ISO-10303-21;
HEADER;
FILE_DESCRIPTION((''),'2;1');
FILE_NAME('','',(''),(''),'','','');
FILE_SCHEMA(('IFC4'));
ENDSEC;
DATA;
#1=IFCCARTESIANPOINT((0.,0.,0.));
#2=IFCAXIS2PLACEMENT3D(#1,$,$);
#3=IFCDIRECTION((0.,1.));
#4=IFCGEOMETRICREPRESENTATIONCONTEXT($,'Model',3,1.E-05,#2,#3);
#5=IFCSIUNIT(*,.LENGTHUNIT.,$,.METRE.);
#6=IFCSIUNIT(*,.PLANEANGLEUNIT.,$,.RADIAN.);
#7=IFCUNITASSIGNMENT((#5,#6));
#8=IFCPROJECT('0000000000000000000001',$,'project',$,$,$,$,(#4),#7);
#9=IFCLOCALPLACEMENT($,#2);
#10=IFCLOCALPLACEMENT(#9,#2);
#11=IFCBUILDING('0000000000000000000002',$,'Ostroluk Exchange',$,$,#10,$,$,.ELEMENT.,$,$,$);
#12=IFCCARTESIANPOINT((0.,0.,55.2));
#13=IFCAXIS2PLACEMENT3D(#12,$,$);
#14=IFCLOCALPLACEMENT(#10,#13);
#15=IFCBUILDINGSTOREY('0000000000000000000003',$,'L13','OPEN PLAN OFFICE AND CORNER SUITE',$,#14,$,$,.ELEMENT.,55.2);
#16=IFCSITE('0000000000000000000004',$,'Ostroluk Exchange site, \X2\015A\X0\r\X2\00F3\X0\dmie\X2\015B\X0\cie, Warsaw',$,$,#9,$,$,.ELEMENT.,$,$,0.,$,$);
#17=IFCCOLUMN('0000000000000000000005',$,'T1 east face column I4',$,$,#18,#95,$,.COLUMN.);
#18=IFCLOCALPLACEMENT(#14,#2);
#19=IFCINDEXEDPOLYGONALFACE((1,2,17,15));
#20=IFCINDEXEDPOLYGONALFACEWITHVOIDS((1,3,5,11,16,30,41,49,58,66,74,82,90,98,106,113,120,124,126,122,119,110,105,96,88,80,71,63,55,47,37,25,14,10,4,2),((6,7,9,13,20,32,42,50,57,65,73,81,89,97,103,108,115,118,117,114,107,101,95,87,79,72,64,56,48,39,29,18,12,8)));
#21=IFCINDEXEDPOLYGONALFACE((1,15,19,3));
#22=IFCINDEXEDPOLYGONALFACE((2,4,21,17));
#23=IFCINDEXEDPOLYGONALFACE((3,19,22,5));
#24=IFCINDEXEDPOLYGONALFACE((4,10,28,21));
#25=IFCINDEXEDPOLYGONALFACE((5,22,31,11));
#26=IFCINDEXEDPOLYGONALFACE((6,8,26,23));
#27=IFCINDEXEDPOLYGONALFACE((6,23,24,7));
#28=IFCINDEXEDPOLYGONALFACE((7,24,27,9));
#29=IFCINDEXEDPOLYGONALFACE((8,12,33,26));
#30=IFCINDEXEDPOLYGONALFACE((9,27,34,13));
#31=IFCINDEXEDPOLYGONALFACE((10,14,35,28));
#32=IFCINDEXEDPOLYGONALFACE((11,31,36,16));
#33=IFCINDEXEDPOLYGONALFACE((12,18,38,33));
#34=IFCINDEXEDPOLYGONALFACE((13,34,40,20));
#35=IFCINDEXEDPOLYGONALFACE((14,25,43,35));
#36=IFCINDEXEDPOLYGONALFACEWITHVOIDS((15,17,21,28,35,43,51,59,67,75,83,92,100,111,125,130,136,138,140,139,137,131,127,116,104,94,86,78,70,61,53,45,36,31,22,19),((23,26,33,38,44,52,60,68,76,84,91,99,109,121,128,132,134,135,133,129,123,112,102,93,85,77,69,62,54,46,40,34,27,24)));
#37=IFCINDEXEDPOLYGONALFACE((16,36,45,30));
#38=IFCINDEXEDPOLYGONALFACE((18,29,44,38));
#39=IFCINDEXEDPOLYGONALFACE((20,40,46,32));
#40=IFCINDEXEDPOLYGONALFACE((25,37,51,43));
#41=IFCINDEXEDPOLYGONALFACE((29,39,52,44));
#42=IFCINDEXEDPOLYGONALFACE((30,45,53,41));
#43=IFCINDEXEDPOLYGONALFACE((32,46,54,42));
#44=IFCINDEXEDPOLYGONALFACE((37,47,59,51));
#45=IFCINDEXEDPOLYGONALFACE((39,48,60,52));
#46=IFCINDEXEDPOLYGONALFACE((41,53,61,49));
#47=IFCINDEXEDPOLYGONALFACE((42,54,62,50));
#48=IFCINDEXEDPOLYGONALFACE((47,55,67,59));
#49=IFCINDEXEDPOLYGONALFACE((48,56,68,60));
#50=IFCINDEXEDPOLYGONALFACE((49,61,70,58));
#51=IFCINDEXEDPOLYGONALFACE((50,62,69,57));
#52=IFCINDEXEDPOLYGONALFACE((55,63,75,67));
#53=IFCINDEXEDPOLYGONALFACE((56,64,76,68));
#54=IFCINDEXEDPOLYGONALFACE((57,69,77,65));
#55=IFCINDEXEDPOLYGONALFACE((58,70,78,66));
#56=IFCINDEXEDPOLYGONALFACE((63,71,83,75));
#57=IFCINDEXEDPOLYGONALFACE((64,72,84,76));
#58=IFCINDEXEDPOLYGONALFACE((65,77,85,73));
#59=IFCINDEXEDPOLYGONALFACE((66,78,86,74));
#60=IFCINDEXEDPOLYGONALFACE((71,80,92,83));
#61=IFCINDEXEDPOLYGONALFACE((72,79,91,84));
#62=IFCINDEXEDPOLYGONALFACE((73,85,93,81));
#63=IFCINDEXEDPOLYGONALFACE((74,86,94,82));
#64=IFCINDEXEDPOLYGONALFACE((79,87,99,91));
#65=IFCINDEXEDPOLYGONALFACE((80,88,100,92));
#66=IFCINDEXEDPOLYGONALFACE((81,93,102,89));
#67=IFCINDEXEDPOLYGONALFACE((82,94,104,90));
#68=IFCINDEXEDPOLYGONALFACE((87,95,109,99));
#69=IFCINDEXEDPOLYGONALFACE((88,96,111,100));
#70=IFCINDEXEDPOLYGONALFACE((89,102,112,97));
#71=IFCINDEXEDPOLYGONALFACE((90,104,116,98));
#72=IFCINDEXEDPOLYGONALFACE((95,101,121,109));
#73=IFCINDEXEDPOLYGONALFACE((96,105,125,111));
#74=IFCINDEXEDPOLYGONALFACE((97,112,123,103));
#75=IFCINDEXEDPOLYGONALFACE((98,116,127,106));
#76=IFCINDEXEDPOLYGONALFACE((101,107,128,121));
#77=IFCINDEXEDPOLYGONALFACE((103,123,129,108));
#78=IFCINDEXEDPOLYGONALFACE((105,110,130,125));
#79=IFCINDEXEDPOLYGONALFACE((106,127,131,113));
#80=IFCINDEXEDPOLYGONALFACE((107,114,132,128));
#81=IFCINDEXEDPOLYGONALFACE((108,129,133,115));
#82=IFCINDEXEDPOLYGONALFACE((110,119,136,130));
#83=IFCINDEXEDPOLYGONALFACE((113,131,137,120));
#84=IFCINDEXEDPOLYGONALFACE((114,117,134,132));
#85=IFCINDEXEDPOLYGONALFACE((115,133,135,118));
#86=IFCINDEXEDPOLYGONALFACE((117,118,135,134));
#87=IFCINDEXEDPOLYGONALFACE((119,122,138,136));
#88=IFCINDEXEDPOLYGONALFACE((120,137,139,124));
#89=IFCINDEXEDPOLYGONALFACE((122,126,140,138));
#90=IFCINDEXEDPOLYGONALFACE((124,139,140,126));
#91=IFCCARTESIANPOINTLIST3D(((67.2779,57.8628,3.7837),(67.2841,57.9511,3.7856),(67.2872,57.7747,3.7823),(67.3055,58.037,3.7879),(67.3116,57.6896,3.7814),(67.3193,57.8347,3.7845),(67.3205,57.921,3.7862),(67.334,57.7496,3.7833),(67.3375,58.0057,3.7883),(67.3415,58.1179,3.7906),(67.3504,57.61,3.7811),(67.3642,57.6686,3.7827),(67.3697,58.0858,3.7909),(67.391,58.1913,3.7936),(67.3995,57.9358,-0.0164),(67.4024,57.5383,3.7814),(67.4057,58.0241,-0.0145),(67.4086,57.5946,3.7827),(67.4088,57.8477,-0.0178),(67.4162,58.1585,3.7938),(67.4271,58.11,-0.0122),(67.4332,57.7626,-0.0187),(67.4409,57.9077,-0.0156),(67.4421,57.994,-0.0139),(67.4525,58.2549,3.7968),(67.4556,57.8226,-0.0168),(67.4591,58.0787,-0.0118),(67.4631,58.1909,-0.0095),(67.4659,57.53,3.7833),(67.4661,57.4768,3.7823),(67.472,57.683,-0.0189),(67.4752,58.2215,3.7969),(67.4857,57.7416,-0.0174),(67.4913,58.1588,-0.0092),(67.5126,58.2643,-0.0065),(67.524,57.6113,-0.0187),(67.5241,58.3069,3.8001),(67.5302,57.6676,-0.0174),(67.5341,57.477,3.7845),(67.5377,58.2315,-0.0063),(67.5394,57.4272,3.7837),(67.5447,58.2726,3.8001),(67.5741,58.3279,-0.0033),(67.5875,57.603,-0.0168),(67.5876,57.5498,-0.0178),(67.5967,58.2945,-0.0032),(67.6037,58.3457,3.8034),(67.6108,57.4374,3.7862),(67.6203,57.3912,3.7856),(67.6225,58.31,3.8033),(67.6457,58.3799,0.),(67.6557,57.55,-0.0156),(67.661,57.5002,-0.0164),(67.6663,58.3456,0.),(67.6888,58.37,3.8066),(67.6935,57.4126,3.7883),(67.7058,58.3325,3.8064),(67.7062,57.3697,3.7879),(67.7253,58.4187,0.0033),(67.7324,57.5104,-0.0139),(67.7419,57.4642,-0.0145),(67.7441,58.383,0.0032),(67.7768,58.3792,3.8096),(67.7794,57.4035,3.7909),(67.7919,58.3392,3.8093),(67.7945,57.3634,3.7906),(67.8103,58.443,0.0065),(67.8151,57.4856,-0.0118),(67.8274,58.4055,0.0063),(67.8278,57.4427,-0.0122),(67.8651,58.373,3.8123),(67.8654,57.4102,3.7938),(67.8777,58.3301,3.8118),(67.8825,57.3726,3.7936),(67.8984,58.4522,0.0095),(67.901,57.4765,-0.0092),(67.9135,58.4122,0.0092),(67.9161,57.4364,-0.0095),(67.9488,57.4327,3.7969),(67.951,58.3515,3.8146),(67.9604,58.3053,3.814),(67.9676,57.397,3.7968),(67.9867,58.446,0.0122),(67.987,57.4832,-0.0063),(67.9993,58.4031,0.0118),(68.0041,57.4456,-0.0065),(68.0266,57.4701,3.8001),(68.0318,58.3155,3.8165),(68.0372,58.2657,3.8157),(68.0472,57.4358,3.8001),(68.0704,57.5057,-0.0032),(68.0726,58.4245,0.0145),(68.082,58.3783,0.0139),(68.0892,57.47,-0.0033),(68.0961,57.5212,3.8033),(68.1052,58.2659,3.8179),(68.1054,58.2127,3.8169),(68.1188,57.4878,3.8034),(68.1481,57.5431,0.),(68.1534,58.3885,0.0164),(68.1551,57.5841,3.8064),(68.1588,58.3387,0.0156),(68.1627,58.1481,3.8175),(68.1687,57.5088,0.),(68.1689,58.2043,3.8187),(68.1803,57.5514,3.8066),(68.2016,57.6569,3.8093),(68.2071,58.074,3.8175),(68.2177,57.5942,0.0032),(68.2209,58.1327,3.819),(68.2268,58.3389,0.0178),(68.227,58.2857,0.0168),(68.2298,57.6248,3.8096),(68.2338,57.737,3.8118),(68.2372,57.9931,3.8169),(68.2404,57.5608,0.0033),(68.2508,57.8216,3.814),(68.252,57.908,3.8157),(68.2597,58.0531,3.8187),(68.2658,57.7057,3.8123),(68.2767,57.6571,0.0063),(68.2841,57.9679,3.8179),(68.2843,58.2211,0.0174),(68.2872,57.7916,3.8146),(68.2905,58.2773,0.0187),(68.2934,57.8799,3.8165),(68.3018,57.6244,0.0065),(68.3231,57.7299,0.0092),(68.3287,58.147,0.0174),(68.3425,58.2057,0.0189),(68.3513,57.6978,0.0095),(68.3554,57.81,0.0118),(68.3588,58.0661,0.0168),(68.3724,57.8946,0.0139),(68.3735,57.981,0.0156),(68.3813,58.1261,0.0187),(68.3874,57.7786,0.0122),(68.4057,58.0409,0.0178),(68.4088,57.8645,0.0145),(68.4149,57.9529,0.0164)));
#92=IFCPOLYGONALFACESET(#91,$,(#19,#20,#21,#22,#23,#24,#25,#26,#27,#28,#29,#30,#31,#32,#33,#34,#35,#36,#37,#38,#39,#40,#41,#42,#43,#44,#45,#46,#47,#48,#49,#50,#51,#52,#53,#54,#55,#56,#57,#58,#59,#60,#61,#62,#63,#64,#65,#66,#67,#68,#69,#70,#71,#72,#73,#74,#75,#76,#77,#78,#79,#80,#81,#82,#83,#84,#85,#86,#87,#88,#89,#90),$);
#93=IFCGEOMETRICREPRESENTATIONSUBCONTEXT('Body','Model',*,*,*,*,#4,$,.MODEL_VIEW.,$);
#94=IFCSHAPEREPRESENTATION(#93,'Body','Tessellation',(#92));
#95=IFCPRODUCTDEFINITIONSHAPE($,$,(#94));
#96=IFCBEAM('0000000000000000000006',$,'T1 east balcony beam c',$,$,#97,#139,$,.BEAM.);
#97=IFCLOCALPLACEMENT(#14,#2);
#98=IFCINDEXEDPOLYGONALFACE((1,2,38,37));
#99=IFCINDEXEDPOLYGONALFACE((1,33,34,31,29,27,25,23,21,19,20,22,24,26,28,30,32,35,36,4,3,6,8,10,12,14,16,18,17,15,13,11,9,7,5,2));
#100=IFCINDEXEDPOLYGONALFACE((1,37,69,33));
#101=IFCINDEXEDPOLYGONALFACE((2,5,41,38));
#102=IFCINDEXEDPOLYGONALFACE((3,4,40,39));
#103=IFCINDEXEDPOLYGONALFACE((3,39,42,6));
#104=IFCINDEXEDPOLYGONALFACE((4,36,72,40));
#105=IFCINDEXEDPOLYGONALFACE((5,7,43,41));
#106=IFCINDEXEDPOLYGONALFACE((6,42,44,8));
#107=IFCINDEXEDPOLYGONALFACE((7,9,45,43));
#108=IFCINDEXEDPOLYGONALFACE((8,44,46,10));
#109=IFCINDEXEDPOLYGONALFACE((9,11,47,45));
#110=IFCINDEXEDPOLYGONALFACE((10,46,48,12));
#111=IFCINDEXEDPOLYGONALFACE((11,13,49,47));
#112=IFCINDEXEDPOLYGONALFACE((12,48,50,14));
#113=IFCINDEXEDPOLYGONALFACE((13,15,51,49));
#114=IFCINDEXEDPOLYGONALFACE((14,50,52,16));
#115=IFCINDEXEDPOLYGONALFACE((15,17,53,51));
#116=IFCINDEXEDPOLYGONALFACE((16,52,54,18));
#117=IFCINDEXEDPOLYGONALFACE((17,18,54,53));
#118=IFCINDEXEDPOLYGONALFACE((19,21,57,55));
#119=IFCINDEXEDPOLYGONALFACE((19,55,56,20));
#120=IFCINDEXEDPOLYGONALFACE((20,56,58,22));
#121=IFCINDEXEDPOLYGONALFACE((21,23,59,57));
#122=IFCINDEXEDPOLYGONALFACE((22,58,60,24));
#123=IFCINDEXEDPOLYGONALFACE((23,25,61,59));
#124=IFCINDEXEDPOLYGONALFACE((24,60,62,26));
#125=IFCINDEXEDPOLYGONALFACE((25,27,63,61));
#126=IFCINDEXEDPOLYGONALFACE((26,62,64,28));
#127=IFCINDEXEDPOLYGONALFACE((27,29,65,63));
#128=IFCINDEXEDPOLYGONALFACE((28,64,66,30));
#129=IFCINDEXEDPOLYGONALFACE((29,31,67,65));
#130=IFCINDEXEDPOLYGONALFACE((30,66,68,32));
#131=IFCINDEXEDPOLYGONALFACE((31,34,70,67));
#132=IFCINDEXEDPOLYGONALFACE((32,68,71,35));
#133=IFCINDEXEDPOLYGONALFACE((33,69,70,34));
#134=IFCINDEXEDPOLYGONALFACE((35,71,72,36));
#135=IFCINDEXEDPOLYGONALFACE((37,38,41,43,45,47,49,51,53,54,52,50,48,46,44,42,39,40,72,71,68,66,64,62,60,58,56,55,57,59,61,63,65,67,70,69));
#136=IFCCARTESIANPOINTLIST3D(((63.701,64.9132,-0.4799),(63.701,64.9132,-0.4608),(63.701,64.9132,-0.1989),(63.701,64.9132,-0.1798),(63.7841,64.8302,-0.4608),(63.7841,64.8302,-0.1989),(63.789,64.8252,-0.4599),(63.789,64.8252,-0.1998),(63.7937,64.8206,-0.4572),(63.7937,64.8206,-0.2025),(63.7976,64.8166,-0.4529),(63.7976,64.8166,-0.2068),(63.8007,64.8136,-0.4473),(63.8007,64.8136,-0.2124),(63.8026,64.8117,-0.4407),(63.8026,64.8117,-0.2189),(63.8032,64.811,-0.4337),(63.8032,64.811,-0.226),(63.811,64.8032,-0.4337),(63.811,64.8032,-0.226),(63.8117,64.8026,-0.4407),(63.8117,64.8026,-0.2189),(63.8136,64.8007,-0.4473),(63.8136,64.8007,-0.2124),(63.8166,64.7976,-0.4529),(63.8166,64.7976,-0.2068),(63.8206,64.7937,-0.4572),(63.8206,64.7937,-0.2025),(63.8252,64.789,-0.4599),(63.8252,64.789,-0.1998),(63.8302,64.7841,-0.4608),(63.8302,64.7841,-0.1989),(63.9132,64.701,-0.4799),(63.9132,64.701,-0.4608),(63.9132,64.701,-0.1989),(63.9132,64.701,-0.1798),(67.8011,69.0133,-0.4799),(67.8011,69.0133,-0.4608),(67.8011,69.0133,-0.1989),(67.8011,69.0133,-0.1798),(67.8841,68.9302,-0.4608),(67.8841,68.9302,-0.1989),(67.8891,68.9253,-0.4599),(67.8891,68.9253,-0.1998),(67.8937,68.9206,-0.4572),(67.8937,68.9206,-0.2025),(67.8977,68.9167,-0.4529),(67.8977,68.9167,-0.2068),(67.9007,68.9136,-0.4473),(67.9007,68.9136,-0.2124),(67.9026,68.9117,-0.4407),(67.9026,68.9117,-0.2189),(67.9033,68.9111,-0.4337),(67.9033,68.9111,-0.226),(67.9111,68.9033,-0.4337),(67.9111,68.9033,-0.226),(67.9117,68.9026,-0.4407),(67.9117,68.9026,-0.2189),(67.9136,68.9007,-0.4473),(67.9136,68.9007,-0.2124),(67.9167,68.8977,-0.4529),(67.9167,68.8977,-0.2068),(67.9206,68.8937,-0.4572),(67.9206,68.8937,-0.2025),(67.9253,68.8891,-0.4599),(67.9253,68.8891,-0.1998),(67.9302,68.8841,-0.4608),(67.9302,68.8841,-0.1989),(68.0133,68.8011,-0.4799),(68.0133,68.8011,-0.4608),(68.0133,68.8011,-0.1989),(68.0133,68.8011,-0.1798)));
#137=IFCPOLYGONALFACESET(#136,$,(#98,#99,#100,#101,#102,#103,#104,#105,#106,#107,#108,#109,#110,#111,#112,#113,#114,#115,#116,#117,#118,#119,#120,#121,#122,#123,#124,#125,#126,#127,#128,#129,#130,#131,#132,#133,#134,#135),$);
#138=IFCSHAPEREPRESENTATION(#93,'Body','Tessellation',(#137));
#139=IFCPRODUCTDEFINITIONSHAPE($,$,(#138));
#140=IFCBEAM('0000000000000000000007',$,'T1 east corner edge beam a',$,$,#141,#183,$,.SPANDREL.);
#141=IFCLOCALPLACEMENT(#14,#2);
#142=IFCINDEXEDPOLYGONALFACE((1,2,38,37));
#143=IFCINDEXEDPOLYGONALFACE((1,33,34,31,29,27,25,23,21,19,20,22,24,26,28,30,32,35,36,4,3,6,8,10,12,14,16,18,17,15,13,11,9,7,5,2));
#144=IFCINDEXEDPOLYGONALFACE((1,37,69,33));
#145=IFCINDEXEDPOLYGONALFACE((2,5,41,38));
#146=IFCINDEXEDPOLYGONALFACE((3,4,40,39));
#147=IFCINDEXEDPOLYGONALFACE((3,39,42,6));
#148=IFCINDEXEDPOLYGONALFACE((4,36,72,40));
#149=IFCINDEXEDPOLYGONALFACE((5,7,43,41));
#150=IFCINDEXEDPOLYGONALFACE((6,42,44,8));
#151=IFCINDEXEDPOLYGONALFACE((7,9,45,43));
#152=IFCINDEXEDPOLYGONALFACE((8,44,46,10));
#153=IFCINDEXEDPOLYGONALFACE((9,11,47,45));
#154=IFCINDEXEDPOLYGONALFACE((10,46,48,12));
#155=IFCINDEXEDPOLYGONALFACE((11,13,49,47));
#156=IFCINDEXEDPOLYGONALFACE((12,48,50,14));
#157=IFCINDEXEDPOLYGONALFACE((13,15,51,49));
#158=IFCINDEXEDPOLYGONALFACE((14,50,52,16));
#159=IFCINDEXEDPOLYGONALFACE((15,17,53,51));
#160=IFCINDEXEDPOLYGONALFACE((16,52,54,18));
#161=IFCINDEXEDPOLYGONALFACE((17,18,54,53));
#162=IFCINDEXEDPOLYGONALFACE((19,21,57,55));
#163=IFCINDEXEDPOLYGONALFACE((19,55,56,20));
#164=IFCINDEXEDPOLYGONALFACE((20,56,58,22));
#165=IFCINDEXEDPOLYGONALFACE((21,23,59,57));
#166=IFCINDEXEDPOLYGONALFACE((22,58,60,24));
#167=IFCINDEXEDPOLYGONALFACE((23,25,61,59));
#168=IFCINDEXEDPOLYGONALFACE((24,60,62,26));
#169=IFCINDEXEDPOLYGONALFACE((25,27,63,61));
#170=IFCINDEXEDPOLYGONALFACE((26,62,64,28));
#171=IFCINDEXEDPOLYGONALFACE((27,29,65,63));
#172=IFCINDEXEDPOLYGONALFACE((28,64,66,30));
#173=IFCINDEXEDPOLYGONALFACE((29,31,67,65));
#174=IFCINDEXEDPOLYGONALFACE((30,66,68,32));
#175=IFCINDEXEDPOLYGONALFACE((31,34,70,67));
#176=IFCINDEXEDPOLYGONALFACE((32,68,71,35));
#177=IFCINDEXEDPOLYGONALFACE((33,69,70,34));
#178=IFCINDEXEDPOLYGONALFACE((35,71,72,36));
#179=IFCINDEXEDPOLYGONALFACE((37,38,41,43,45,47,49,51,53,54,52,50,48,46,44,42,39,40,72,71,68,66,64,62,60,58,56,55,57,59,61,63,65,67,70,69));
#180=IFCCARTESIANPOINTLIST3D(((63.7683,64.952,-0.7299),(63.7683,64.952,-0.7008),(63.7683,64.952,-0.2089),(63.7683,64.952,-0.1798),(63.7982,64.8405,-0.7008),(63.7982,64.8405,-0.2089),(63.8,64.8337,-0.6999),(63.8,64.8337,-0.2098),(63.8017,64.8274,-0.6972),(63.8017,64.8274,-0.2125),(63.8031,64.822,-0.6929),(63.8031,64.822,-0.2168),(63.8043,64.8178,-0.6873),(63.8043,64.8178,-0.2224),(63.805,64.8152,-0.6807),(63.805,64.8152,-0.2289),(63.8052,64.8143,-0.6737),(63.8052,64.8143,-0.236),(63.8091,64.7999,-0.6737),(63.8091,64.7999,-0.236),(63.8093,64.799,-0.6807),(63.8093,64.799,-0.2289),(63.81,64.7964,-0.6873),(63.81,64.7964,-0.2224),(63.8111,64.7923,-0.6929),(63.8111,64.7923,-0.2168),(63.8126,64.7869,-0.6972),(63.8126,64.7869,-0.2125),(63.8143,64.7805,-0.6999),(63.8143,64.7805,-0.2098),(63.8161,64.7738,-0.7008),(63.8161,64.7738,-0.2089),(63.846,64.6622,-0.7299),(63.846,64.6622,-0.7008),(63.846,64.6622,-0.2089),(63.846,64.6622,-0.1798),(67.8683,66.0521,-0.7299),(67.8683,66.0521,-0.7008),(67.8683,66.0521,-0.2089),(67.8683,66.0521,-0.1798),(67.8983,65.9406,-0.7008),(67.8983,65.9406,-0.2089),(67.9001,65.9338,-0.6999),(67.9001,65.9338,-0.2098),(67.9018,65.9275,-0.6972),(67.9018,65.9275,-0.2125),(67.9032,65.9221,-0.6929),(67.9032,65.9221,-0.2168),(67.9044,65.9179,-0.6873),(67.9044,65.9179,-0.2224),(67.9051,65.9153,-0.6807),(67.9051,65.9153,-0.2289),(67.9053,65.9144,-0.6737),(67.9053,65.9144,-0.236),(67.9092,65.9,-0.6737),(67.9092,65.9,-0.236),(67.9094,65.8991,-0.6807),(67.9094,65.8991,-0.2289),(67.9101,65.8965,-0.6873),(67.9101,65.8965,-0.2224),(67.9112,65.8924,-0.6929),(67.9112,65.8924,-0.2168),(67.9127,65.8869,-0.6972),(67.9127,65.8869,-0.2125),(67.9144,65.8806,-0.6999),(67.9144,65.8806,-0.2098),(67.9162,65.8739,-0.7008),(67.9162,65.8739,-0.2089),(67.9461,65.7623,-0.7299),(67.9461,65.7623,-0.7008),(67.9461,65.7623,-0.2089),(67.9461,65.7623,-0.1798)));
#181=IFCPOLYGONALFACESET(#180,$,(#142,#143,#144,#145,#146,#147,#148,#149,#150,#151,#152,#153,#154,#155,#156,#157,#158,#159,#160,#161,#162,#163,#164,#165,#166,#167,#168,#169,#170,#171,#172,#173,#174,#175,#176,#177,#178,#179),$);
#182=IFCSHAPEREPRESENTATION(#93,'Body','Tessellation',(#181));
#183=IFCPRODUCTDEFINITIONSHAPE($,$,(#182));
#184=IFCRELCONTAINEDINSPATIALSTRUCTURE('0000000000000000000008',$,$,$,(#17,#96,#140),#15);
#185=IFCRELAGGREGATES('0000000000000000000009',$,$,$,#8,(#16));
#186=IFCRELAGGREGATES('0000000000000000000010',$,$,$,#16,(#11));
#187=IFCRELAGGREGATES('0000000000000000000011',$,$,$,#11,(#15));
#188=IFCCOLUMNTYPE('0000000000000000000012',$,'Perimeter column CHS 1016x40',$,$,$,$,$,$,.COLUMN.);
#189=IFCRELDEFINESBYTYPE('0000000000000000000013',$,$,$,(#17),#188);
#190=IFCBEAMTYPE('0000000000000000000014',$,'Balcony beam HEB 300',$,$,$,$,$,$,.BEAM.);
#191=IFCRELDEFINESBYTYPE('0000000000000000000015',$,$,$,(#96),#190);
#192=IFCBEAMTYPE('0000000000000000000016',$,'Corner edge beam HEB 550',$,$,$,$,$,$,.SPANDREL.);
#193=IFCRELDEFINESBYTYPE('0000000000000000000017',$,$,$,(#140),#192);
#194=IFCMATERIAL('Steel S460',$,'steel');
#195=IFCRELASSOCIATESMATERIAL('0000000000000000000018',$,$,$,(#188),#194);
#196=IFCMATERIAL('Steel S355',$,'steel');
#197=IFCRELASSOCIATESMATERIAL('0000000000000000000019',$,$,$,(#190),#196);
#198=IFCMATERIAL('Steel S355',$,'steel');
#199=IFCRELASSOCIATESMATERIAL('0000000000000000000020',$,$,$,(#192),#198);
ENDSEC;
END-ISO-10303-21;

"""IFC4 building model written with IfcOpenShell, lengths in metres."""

from ifc_helpers import new_model, si_unit, direction, frame, origin, origin_2d, place, context, subcontext, project, spatial, hollow_circle, i_section, extrude, material, material_profile, profile_set, type_object, element, save


model = new_model("IFC4")

# Units and contexts
model_context = context("Model", 3, precision=1e-05, world=origin(), true_north=direction((0.0, 1.0)))
body_context = subcontext(model_context, "Body", "Model", "MODEL_VIEW")
ifc_project = project(units=[si_unit("LENGTHUNIT", "METRE"), si_unit("PLANEANGLEUNIT", "RADIAN")], contexts=[model_context])

# Site, building, storey
site_placement = place(None, origin())
site = spatial("IfcSite", under=ifc_project, at=site_placement, Name="Ostroluk Exchange site, Śródmieście, Warsaw", CompositionType="ELEMENT", RefElevation=0.0)
building_placement = place(site_placement, origin())
building = spatial("IfcBuilding", under=site, at=building_placement, Name="Ostroluk Exchange", CompositionType="ELEMENT")
storey_placement = place(building_placement, frame((0.0, 0.0, 55.2)))
storey = spatial("IfcBuildingStorey", under=building, at=storey_placement, Name="L13", Description="OPEN PLAN OFFICE AND CORNER SUITE", CompositionType="ELEMENT", Elevation=55.2)

# Column
ifc_material_1 = material(Name="Steel S460", Category="steel")
ifc_material_profile_1 = material_profile(ifc_material_1, hollow_circle(Radius=0.5081, WallThickness=0.04, at=origin_2d()), Name="CHS 1016x40")
ifc_profile_set_1 = profile_set([ifc_material_profile_1], Name="Steel S460")
column_type_1 = type_object("IfcColumnType", Name="Perimeter column CHS 1016x40", PredefinedType="COLUMN", material=ifc_profile_set_1)
column_1_placement = place(storey_placement, frame((67.9072, 57.9443, 0.0), z_axis=(-0.031973, -0.019196, 0.999304), x_axis=(0.514749, -0.857341, 0.0)))
element("IfcColumn", 1, at=column_1_placement, inside=storey, type_object=column_type_1, Name="T1 east face column I4", PredefinedType="COLUMN", context=body_context, shape_type="SweptSolid", body=[
    extrude(hollow_circle(Radius=0.5081, WallThickness=0.04, at=origin_2d()), origin(), (0.0, 0.0, 1.0), 3.8027),
])

# Beams
ifc_material_2 = material(Name="Steel S355", Category="steel")
ifc_material_profile_2 = material_profile(ifc_material_2, i_section(OverallWidth=0.3, OverallDepth=0.3, WebThickness=0.011, FlangeThickness=0.019, FilletRadius=0.0271, at=origin_2d()), Name="HEB 300")
ifc_profile_set_2 = profile_set([ifc_material_profile_2], Name="Steel S355")
beam_type_1 = type_object("IfcBeamType", Name="Balcony beam HEB 300", PredefinedType="BEAM", material=ifc_profile_set_2)
beam_1_placement = place(storey_placement, frame((63.8071, 64.8071, -0.3298), z_axis=(0.707107, 0.707107, 0.0), x_axis=(-0.707107, 0.707107, 0.0)))
element("IfcBeam", 2, at=beam_1_placement, inside=storey, type_object=beam_type_1, Name="T1 east balcony beam c", PredefinedType="BEAM", context=body_context, shape_type="SweptSolid", body=[
    extrude(i_section(OverallWidth=0.3, OverallDepth=0.3, WebThickness=0.011, FlangeThickness=0.019, FilletRadius=0.0271, at=origin_2d()), origin(), (0.0, 0.0, 1.0), 5.7983),
])
ifc_material_3 = material(Name="Steel S355", Category="steel")
ifc_material_profile_3 = material_profile(ifc_material_3, i_section(OverallWidth=0.3, OverallDepth=0.55, WebThickness=0.0149, FlangeThickness=0.0291, FilletRadius=0.0271, at=origin_2d()), Name="HEB 550")
ifc_profile_set_3 = profile_set([ifc_material_profile_3], Name="Steel S355")
beam_type_2 = type_object("IfcBeamType", Name="Corner edge beam HEB 550", PredefinedType="SPANDREL", material=ifc_profile_set_3)
for number, where, z_axis, x_axis, name in (
    (3, (63.8071, 64.8071, -0.4548), (0.965839, 0.259144, 0.0), (-0.259144, 0.965839, 0.0), "T1 east corner edge beam a"),
):
    element("IfcBeam", number, at=place(storey_placement, frame(where, z_axis=z_axis, x_axis=x_axis)), inside=storey, type_object=beam_type_2, Name=name, PredefinedType="SPANDREL", context=body_context, shape_type="SweptSolid", body=[
        extrude(i_section(OverallWidth=0.3, OverallDepth=0.55, WebThickness=0.0149, FlangeThickness=0.0291, FilletRadius=0.0271, at=origin_2d()), origin(), (0.0, 0.0, 1.0), 4.2451),
    ])

save(model, "model.ifc")
